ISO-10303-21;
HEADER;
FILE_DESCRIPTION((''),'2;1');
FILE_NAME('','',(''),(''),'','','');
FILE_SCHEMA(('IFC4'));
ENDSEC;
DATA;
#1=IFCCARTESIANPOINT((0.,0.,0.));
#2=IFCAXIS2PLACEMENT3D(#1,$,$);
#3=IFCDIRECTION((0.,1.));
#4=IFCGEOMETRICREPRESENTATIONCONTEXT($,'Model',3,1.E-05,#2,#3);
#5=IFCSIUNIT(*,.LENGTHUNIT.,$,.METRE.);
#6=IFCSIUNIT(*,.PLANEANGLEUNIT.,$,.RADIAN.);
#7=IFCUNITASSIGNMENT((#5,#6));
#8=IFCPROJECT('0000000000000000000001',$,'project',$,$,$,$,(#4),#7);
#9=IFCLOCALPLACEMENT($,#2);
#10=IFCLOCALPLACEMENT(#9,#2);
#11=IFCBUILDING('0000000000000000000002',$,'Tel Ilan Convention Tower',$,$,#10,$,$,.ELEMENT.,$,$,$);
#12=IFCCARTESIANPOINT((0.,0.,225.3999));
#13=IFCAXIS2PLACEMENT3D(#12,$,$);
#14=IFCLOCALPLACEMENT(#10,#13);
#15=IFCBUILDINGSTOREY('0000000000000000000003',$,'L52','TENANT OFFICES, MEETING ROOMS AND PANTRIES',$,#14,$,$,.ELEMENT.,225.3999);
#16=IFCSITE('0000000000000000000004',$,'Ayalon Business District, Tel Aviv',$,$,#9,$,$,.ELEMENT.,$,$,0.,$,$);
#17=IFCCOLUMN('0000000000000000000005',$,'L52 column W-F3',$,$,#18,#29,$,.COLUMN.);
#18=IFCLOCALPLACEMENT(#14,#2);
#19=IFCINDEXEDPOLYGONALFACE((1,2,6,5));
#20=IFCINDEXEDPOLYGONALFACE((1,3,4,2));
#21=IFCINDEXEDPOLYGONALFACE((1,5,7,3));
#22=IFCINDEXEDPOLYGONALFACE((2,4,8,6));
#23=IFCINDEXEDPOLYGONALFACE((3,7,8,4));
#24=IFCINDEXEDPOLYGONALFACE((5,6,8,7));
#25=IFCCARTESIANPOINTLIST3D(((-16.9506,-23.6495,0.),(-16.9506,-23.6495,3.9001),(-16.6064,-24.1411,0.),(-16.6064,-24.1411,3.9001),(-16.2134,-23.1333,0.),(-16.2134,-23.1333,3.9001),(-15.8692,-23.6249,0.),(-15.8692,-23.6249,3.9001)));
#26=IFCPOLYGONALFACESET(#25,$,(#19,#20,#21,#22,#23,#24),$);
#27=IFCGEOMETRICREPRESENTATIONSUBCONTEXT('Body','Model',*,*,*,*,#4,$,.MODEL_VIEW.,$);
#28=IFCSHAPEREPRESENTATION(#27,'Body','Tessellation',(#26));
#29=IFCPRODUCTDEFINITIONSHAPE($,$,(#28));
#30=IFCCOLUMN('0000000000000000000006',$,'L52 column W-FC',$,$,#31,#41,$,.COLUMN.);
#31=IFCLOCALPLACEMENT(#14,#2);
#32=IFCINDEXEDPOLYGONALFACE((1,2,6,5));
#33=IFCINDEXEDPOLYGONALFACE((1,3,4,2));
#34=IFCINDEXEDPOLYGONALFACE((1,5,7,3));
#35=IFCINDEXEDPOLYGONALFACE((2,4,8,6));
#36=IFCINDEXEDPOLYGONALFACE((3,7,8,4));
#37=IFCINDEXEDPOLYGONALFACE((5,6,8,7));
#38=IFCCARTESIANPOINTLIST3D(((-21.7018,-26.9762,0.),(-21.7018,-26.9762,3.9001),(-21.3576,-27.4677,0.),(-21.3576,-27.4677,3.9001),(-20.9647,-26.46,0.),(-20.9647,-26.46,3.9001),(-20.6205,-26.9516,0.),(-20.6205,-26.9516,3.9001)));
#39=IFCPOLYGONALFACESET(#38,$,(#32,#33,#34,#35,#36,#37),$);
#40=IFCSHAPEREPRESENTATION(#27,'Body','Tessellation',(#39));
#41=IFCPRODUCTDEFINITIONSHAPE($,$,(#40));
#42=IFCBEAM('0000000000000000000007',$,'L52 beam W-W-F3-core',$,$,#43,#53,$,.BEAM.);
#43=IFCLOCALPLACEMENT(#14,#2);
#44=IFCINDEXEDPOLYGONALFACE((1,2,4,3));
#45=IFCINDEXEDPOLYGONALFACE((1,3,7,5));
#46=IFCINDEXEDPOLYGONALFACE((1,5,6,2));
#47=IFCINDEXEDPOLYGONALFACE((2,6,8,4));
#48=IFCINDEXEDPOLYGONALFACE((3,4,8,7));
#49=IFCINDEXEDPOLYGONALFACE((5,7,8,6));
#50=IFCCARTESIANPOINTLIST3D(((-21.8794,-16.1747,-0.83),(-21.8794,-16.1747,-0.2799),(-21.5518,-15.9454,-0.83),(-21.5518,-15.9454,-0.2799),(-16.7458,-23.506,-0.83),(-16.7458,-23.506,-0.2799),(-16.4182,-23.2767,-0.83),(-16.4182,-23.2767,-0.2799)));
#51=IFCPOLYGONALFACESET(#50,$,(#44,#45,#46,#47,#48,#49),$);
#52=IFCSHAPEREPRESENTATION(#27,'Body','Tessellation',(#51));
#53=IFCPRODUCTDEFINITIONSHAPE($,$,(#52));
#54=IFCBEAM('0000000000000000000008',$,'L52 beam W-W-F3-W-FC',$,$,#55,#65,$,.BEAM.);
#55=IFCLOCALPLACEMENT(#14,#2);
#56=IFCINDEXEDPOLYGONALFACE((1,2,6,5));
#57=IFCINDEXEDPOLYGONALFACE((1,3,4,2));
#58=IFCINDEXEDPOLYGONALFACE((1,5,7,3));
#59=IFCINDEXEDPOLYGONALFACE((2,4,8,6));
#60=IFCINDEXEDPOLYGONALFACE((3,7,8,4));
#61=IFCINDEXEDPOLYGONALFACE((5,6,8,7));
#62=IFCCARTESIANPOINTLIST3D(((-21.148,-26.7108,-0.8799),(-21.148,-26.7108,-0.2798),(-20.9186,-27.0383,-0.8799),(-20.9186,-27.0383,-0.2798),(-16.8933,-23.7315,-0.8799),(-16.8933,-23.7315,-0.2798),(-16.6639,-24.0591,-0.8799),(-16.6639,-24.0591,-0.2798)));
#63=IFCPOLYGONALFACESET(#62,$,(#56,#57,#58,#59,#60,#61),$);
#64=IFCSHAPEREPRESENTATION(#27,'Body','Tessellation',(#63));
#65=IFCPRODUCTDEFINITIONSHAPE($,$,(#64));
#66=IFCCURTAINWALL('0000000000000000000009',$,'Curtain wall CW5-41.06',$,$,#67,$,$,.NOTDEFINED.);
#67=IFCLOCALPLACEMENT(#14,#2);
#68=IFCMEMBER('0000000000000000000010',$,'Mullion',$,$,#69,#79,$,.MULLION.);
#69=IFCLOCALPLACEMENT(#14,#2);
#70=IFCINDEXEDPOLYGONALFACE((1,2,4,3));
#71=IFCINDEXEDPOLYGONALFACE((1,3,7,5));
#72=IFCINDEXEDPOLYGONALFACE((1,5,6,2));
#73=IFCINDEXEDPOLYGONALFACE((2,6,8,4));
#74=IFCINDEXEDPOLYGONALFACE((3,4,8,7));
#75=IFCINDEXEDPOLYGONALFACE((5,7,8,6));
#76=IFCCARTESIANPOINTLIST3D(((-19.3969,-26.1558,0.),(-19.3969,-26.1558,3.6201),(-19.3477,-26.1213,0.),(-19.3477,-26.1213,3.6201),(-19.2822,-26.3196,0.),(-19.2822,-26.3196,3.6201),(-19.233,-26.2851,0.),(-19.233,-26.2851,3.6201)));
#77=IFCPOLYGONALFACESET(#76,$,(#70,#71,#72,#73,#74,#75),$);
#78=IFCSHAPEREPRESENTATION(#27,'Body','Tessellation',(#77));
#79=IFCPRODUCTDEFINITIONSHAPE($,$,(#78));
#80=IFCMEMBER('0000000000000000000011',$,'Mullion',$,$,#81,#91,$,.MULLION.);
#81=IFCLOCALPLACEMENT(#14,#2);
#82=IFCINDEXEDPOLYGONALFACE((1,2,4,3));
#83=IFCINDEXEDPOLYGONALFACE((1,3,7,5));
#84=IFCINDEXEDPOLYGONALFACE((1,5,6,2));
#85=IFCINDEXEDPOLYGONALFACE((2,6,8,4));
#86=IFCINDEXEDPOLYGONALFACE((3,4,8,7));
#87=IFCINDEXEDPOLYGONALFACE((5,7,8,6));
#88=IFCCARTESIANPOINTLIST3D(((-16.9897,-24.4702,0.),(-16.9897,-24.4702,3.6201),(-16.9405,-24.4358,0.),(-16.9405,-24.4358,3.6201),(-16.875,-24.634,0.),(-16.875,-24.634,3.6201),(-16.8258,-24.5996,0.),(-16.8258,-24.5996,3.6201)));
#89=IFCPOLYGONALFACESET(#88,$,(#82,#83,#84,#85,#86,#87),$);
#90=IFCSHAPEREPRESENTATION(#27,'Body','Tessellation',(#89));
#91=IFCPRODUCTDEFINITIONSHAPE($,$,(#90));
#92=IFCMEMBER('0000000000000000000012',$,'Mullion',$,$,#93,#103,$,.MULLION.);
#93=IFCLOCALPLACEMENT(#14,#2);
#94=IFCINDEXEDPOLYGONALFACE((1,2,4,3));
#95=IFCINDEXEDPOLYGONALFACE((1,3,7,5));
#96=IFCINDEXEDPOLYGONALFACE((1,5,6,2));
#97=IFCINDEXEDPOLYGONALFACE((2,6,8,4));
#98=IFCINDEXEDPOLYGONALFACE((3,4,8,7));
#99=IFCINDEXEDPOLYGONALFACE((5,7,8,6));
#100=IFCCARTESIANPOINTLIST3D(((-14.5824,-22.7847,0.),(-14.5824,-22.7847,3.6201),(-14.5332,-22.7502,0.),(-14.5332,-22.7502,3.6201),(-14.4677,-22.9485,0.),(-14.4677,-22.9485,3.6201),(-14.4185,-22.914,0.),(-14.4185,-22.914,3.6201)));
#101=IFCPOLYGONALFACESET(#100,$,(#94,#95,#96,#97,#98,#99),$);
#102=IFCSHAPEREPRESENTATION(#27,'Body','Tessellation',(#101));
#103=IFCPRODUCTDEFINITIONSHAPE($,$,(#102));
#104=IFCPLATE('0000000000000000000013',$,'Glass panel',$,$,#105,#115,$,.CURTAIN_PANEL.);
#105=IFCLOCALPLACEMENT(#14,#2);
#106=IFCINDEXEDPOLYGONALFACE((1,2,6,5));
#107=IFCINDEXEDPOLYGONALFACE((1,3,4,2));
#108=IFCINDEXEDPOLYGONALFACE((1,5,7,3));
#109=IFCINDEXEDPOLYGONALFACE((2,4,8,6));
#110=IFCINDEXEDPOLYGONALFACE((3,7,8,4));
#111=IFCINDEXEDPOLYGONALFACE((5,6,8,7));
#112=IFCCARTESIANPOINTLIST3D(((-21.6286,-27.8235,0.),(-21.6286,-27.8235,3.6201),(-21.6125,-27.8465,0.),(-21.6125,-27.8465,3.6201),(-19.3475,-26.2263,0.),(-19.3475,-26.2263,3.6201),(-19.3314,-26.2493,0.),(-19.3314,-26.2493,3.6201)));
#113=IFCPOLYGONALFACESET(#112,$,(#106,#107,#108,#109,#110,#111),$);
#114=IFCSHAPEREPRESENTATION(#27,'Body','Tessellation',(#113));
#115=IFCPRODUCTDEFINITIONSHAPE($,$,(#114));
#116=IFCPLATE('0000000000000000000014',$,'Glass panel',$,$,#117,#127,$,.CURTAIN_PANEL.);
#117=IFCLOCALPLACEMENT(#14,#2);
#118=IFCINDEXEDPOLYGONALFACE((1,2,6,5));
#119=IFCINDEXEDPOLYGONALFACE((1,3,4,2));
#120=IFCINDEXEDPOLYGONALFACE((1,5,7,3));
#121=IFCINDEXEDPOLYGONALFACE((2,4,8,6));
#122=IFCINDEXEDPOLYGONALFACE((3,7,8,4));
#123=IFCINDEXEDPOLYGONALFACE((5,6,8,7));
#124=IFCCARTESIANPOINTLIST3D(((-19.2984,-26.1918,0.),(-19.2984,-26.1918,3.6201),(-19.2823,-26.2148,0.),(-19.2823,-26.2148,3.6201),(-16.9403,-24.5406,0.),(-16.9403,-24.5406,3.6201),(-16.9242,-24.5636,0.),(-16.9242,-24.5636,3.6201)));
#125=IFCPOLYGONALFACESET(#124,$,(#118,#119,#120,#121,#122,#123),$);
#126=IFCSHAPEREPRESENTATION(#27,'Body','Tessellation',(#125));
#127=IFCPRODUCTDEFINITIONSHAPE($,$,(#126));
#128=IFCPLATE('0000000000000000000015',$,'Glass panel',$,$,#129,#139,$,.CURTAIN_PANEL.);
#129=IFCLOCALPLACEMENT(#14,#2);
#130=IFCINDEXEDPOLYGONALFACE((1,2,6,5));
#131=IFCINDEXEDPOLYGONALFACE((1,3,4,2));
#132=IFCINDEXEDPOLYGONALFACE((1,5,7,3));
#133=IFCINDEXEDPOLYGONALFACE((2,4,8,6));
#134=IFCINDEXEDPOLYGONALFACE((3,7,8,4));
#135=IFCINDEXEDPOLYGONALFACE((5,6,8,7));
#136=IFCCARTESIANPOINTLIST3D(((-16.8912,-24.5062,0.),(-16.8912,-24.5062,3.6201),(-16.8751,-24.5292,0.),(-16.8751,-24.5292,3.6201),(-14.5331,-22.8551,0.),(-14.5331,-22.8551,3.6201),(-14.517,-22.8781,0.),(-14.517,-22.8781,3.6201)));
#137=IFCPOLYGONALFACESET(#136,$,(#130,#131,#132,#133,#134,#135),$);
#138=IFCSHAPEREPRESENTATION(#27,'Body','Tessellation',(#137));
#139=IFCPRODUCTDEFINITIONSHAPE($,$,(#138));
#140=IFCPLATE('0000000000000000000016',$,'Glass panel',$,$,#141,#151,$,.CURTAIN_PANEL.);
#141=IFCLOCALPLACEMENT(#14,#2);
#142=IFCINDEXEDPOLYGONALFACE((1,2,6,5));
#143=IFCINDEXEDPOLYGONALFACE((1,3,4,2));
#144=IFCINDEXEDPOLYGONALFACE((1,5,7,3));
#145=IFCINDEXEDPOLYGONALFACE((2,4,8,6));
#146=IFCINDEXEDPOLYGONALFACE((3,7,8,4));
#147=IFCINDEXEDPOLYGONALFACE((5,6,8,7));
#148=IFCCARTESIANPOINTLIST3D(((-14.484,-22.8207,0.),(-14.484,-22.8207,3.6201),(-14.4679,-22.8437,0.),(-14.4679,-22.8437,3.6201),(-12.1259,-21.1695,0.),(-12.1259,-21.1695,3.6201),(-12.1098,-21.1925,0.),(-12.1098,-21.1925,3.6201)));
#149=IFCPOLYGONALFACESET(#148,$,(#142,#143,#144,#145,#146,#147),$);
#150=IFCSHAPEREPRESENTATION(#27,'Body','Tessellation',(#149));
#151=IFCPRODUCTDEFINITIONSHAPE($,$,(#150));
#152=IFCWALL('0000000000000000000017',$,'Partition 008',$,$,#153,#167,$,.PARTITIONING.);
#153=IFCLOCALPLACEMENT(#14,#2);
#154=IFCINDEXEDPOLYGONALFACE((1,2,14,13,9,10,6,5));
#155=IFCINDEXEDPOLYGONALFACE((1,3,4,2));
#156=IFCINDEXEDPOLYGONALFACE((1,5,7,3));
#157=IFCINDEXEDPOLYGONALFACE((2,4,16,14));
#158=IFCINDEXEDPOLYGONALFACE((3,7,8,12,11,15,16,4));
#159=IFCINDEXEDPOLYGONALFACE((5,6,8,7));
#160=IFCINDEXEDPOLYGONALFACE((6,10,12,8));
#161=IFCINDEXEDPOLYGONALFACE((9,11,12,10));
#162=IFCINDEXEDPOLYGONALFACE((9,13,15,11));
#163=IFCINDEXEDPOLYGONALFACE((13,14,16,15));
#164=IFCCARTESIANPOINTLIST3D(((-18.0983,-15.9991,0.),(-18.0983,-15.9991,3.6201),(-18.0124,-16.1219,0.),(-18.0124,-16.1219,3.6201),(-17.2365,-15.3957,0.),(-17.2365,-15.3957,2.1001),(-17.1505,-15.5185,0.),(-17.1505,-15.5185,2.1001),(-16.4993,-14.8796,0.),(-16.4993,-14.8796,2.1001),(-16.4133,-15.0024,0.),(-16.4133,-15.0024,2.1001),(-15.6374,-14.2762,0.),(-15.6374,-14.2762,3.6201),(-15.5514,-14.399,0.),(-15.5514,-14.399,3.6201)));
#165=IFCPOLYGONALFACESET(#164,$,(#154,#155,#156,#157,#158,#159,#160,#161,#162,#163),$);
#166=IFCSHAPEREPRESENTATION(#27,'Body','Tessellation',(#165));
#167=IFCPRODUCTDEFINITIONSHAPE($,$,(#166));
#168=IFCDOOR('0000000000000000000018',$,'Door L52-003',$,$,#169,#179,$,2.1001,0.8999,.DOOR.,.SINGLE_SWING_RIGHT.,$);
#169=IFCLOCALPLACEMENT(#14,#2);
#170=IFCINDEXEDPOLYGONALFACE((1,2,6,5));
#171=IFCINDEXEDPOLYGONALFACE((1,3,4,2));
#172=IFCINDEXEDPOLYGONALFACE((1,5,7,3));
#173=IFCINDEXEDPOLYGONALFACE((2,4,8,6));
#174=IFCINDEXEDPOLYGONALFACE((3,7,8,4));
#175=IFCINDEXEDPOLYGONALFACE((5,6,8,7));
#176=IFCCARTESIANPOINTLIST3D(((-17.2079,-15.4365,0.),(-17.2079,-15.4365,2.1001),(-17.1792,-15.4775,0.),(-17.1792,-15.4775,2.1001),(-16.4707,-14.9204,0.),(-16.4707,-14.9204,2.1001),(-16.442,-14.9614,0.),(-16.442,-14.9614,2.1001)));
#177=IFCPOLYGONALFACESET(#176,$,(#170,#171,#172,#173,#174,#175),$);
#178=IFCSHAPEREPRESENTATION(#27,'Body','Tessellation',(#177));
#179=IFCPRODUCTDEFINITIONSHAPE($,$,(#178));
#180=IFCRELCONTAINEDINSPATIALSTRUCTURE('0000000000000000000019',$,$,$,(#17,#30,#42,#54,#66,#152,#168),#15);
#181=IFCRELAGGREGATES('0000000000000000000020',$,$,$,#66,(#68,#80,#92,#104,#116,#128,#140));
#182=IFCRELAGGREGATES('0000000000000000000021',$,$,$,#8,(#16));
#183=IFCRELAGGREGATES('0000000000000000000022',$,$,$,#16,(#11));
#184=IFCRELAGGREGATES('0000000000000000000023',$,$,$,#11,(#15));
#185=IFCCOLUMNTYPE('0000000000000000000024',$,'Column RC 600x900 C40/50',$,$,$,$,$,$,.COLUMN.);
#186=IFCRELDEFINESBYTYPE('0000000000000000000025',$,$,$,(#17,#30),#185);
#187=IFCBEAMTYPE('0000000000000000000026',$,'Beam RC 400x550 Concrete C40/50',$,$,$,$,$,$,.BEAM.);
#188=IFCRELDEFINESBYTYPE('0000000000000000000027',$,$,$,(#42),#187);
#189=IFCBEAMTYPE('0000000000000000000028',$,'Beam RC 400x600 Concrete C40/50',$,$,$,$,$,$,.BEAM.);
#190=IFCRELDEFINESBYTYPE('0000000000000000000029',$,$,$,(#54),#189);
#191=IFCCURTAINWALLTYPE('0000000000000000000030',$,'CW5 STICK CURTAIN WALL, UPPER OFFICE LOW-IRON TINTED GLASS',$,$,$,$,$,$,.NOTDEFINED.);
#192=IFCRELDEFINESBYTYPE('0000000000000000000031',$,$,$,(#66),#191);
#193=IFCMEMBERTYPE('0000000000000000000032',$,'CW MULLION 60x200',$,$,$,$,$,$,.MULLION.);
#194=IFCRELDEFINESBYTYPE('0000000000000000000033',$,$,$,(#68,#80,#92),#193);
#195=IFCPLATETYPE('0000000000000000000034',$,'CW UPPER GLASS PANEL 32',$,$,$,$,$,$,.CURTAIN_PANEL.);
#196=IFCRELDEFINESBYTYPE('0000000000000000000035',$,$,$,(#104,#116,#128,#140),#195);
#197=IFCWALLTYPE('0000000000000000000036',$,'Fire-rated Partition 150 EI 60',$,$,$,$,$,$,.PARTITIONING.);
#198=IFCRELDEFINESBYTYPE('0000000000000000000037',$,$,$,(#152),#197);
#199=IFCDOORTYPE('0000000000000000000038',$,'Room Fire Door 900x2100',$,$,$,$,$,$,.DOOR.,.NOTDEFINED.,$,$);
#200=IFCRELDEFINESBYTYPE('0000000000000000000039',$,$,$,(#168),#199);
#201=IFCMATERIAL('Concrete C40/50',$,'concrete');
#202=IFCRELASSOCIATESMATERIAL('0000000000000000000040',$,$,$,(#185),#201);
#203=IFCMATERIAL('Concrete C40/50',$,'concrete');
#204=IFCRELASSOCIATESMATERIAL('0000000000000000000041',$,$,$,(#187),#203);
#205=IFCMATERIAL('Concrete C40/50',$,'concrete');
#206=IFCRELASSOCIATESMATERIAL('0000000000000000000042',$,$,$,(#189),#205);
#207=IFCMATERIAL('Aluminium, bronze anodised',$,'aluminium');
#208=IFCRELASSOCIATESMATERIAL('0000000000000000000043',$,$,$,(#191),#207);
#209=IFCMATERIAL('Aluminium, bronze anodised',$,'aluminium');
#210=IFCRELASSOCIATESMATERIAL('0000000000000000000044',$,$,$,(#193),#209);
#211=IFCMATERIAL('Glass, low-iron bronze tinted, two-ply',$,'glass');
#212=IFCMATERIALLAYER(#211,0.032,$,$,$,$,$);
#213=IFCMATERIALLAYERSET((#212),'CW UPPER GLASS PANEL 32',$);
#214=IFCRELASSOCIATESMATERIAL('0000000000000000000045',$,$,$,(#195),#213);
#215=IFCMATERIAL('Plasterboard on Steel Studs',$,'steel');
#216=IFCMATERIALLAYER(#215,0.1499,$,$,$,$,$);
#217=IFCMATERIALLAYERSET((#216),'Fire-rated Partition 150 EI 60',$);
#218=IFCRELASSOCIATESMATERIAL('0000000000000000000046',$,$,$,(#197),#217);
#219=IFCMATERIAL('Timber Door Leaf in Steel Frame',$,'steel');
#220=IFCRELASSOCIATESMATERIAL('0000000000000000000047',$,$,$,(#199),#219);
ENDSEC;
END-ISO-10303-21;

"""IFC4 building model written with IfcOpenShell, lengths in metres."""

from ifc_helpers import new_model, si_unit, direction, frame, frame_2d, origin, origin_2d, place, context, subcontext, project, spatial, rectangle, extrude, material, layer, layer_set, material_profile, profile_set, type_object, element, fill, aggregate, save


model = new_model("IFC4")

# Units and contexts
model_context = context("Model", 3, precision=1e-05, world=origin(), true_north=direction((0.0, 1.0)))
body_context = subcontext(model_context, "Body", "Model", "MODEL_VIEW")
ifc_project = project(units=[si_unit("LENGTHUNIT", "METRE"), si_unit("PLANEANGLEUNIT", "RADIAN")], contexts=[model_context])

# Site, building, storey
site_placement = place(None, origin())
site = spatial("IfcSite", under=ifc_project, at=site_placement, Name="Ayalon Business District, Tel Aviv", CompositionType="ELEMENT", RefElevation=0.0)
building_placement = place(site_placement, origin())
building = spatial("IfcBuilding", under=site, at=building_placement, Name="Tel Ilan Convention Tower", CompositionType="ELEMENT")
storey_placement = place(building_placement, frame((0.0, 0.0, 225.3999)))
storey = spatial("IfcBuildingStorey", under=building, at=storey_placement, Name="L52", Description="TENANT OFFICES, MEETING ROOMS AND PANTRIES", CompositionType="ELEMENT", Elevation=225.3999)

# Columns
ifc_material_1 = material(Name="Concrete C40/50", Category="concrete")
ifc_material_profile_1 = material_profile(ifc_material_1, rectangle(XDim=0.8999, YDim=0.6001, at=origin_2d()), Name="RC 600x900")
ifc_profile_set_1 = profile_set([ifc_material_profile_1], Name="Concrete C40/50")
column_type = type_object("IfcColumnType", Name="Column RC 600x900 C40/50", PredefinedType="COLUMN", material=ifc_profile_set_1)
for number, where, z_axis, x_axis, name in (
    (1, (-16.4099, -23.6372, 0.0), (0.0, 0.0, 1.0), (-0.819152, -0.573576, 0.0), "L52 column W-F3"),
    (2, (-21.1611, -26.9639, 0.0), (0.0, 0.0, 1.0), (-0.819152, -0.573576, 0.0), "L52 column W-FC"),
):
    element("IfcColumn", number, at=place(storey_placement, frame(where, z_axis=z_axis, x_axis=x_axis)), inside=storey, type_object=column_type, Name=name, PredefinedType="COLUMN", context=body_context, shape_type="SweptSolid", body=[
        extrude(rectangle(XDim=0.8999, YDim=0.6001, at=origin_2d()), origin(), (0.0, 0.0, 1.0), 3.9001),
    ])

# Beams
ifc_material_2 = material(Name="Concrete C40/50", Category="concrete")
ifc_material_profile_2 = material_profile(ifc_material_2, rectangle(XDim=0.3999, YDim=0.55, at=origin_2d()), Name="RC 400x550")
ifc_profile_set_2 = profile_set([ifc_material_profile_2], Name="Concrete C40/50")
beam_type_1 = type_object("IfcBeamType", Name="Beam RC 400x550 Concrete C40/50", PredefinedType="BEAM", material=ifc_profile_set_2)
beam_1_placement = place(storey_placement, frame((-16.582, -23.3914, -0.5549), z_axis=(-0.573585, 0.819146, 0.0), x_axis=(-0.819146, -0.573585, 0.0)))
element("IfcBeam", 3, at=beam_1_placement, inside=storey, type_object=beam_type_1, Name="L52 beam W-W-F3-core", PredefinedType="BEAM", context=body_context, shape_type="SweptSolid", body=[
    extrude(rectangle(XDim=0.3999, YDim=0.55, at=origin_2d()), origin(), (0.0, 0.0, 1.0), 8.95),
])
ifc_material_3 = material(Name="Concrete C40/50", Category="concrete")
ifc_material_profile_3 = material_profile(ifc_material_3, rectangle(XDim=0.3999, YDim=0.6001, at=origin_2d()), Name="RC 400x600")
ifc_profile_set_3 = profile_set([ifc_material_profile_3], Name="Concrete C40/50")
beam_type_2 = type_object("IfcBeamType", Name="Beam RC 400x600 Concrete C40/50", PredefinedType="BEAM", material=ifc_profile_set_3)
beam_2_placement = place(storey_placement, frame((-16.7786, -23.8953, -0.5798), z_axis=(-0.819141, -0.573592, 0.0), x_axis=(0.573592, -0.819141, 0.0)))
element("IfcBeam", 4, at=beam_2_placement, inside=storey, type_object=beam_type_2, Name="L52 beam W-W-F3-W-FC", PredefinedType="BEAM", context=body_context, shape_type="SweptSolid", body=[
    extrude(rectangle(XDim=0.3999, YDim=0.6001, at=origin_2d()), origin(), (0.0, 0.0, 1.0), 5.1941),
])

# Curtain wall, members, plates
ifc_material_4 = material(Name="Aluminium, bronze anodised", Category="aluminium")
curtain_wall_type = type_object("IfcCurtainWallType", Name="CW5 STICK CURTAIN WALL, UPPER OFFICE LOW-IRON TINTED GLASS", PredefinedType="NOTDEFINED", material=ifc_material_4)
curtain_wall_placement = place(storey_placement, origin())
curtain_wall = element("IfcCurtainWall", 5, at=curtain_wall_placement, inside=storey, type_object=curtain_wall_type, Name="Curtain wall CW5-41.06", PredefinedType="NOTDEFINED")
ifc_material_5 = material(Name="Aluminium, bronze anodised", Category="aluminium")
ifc_material_profile_4 = material_profile(ifc_material_5, rectangle(XDim=0.0601, YDim=0.2, at=origin_2d()), Name="CW MULLION 60x200")
ifc_profile_set_4 = profile_set([ifc_material_profile_4], Name="Aluminium, bronze anodised")
member_type = type_object("IfcMemberType", Name="CW MULLION 60x200", PredefinedType="MULLION", material=ifc_profile_set_4)
member_1_placement = place(storey_placement, frame((-19.3149, -26.2205, 0.0), z_axis=(0.0, 0.0, 1.0), x_axis=(0.819152, 0.573576, 0.0)))
member_1 = element("IfcMember", 6, at=member_1_placement, type_object=member_type, Name="Mullion", PredefinedType="MULLION", context=body_context, shape_type="SweptSolid", body=[
    extrude(rectangle(XDim=0.0601, YDim=0.2, at=origin_2d()), origin(), (0.0, 0.0, 1.0), 3.6201),
])
member_2_placement = place(storey_placement, frame((-16.9077, -24.5349, 0.0), z_axis=(0.0, 0.0, 1.0), x_axis=(0.819152, 0.573576, 0.0)))
member_2 = element("IfcMember", 7, at=member_2_placement, type_object=member_type, Name="Mullion", PredefinedType="MULLION", context=body_context, shape_type="SweptSolid", body=[
    extrude(rectangle(XDim=0.0601, YDim=0.2, at=origin_2d()), origin(), (0.0, 0.0, 1.0), 3.6201),
])
member_3_placement = place(storey_placement, frame((-14.5005, -22.8494, 0.0), z_axis=(0.0, 0.0, 1.0), x_axis=(0.819152, 0.573576, 0.0)))
member_3 = element("IfcMember", 8, at=member_3_placement, type_object=member_type, Name="Mullion", PredefinedType="MULLION", context=body_context, shape_type="SweptSolid", body=[
    extrude(rectangle(XDim=0.0601, YDim=0.2, at=origin_2d()), origin(), (0.0, 0.0, 1.0), 3.6201),
])
ifc_material_6 = material(Name="Glass, low-iron bronze tinted, two-ply", Category="glass")
ifc_layer_1 = layer(ifc_material_6, 0.032)
ifc_layer_set_1 = layer_set([ifc_layer_1], Name="CW UPPER GLASS PANEL 32")
plate_type = type_object("IfcPlateType", Name="CW UPPER GLASS PANEL 32", PredefinedType="CURTAIN_PANEL", material=ifc_layer_set_1)
plate_1_placement = place(storey_placement, frame((-20.48, -27.0364, 0.0), z_axis=(0.0, 0.0, 1.0), x_axis=(0.819152, 0.573576, 0.0)))
plate_1 = element("IfcPlate", 9, at=plate_1_placement, type_object=plate_type, Name="Glass panel", PredefinedType="CURTAIN_PANEL", context=body_context, shape_type="SweptSolid", body=[
    extrude(rectangle(XDim=2.7847, YDim=0.0281, at=origin_2d()), origin(), (0.0, 0.0, 1.0), 3.6201),
])
plate_2_placement = place(storey_placement, frame((-18.1113, -25.3777, 0.0), z_axis=(0.0, 0.0, 1.0), x_axis=(0.819152, 0.573576, 0.0)))
plate_2 = element("IfcPlate", 10, at=plate_2_placement, type_object=plate_type, Name="Glass panel", PredefinedType="CURTAIN_PANEL", context=body_context, shape_type="SweptSolid", body=[
    extrude(rectangle(XDim=2.8787, YDim=0.0281, at=origin_2d()), origin(), (0.0, 0.0, 1.0), 3.6201),
])
plate_3_placement = place(storey_placement, frame((-15.7041, -23.6921, 0.0), z_axis=(0.0, 0.0, 1.0), x_axis=(0.819152, 0.573576, 0.0)))
plate_3 = element("IfcPlate", 11, at=plate_3_placement, type_object=plate_type, Name="Glass panel", PredefinedType="CURTAIN_PANEL", context=body_context, shape_type="SweptSolid", body=[
    extrude(rectangle(XDim=2.8787, YDim=0.0281, at=origin_2d()), origin(), (0.0, 0.0, 1.0), 3.6201),
])
plate_4_placement = place(storey_placement, frame((-13.2969, -22.0066, 0.0), z_axis=(0.0, 0.0, 1.0), x_axis=(0.819152, 0.573576, 0.0)))
plate_4 = element("IfcPlate", 12, at=plate_4_placement, type_object=plate_type, Name="Glass panel", PredefinedType="CURTAIN_PANEL", context=body_context, shape_type="SweptSolid", body=[
    extrude(rectangle(XDim=2.8787, YDim=0.0281, at=origin_2d()), origin(), (0.0, 0.0, 1.0), 3.6201),
])
aggregate(curtain_wall, [member_1, member_2, member_3, plate_1, plate_2, plate_3, plate_4])

# Wall, opening, door
ifc_material_7 = material(Name="Plasterboard on Steel Studs", Category="steel")
ifc_layer_2 = layer(ifc_material_7, 0.1499)
ifc_layer_set_2 = layer_set([ifc_layer_2], Name="Fire-rated Partition 150 EI 60")
wall_type_1 = type_object("IfcWallType", Name="Fire-rated Partition 150 EI 60", PredefinedType="PARTITIONING", material=ifc_layer_set_2)
wall_1_placement = place(storey_placement, frame((-15.5945, -14.3376, 0.0), z_axis=(0.0, 0.0, 1.0), x_axis=(-0.819194, -0.573517, 0.0)))
wall_1 = element("IfcWall", 13, at=wall_1_placement, inside=storey, type_object=wall_type_1, Name="Partition 008", PredefinedType="PARTITIONING", context=body_context, shape_type="SweptSolid", body=[
    extrude(rectangle(XDim=3.0042, YDim=0.1499, at=frame_2d((1.502, 0.0))), origin(), (0.0, 0.0, 1.0), 3.6201),
])
opening_1_placement = place(wall_1_placement, frame((1.052, 0.0, 0.0)))
opening_1 = element("IfcOpeningElement", 14, at=opening_1_placement, cuts=wall_1, PredefinedType="OPENING", context=body_context, shape_type="SweptSolid", body=[
    extrude(rectangle(XDim=0.8999, YDim=2.1001, at=frame_2d((0.45, 1.05))), frame((0.0, 0.085, 0.0), z_axis=(0.0, -1.0, 0.0), x_axis=(1.0, 0.0, 0.0)), (0.0, 0.0, 1.0), 0.1699),
])
ifc_material_8 = material(Name="Timber Door Leaf in Steel Frame", Category="steel")
door_type_1 = type_object("IfcDoorType", Name="Room Fire Door 900x2100", OperationType="NOTDEFINED", PredefinedType="DOOR", material=ifc_material_8)
door_1_placement = place(opening_1_placement, origin())
door_1 = element("IfcDoor", 15, at=door_1_placement, inside=storey, type_object=door_type_1, Name="Door L52-003", OperationType="SINGLE_SWING_RIGHT", OverallHeight=2.1001, OverallWidth=0.8999, PredefinedType="DOOR", context=body_context, shape_type="SweptSolid", body=[
    extrude(rectangle(XDim=0.8999, YDim=2.1001, at=frame_2d((0.45, 1.05))), frame((0.0, 0.0249, 0.0), z_axis=(0.0, -1.0, 0.0), x_axis=(1.0, 0.0, 0.0)), (0.0, 0.0, 1.0), 0.05),
])
fill(opening_1, door_1)

save(model, "model.ifc")
